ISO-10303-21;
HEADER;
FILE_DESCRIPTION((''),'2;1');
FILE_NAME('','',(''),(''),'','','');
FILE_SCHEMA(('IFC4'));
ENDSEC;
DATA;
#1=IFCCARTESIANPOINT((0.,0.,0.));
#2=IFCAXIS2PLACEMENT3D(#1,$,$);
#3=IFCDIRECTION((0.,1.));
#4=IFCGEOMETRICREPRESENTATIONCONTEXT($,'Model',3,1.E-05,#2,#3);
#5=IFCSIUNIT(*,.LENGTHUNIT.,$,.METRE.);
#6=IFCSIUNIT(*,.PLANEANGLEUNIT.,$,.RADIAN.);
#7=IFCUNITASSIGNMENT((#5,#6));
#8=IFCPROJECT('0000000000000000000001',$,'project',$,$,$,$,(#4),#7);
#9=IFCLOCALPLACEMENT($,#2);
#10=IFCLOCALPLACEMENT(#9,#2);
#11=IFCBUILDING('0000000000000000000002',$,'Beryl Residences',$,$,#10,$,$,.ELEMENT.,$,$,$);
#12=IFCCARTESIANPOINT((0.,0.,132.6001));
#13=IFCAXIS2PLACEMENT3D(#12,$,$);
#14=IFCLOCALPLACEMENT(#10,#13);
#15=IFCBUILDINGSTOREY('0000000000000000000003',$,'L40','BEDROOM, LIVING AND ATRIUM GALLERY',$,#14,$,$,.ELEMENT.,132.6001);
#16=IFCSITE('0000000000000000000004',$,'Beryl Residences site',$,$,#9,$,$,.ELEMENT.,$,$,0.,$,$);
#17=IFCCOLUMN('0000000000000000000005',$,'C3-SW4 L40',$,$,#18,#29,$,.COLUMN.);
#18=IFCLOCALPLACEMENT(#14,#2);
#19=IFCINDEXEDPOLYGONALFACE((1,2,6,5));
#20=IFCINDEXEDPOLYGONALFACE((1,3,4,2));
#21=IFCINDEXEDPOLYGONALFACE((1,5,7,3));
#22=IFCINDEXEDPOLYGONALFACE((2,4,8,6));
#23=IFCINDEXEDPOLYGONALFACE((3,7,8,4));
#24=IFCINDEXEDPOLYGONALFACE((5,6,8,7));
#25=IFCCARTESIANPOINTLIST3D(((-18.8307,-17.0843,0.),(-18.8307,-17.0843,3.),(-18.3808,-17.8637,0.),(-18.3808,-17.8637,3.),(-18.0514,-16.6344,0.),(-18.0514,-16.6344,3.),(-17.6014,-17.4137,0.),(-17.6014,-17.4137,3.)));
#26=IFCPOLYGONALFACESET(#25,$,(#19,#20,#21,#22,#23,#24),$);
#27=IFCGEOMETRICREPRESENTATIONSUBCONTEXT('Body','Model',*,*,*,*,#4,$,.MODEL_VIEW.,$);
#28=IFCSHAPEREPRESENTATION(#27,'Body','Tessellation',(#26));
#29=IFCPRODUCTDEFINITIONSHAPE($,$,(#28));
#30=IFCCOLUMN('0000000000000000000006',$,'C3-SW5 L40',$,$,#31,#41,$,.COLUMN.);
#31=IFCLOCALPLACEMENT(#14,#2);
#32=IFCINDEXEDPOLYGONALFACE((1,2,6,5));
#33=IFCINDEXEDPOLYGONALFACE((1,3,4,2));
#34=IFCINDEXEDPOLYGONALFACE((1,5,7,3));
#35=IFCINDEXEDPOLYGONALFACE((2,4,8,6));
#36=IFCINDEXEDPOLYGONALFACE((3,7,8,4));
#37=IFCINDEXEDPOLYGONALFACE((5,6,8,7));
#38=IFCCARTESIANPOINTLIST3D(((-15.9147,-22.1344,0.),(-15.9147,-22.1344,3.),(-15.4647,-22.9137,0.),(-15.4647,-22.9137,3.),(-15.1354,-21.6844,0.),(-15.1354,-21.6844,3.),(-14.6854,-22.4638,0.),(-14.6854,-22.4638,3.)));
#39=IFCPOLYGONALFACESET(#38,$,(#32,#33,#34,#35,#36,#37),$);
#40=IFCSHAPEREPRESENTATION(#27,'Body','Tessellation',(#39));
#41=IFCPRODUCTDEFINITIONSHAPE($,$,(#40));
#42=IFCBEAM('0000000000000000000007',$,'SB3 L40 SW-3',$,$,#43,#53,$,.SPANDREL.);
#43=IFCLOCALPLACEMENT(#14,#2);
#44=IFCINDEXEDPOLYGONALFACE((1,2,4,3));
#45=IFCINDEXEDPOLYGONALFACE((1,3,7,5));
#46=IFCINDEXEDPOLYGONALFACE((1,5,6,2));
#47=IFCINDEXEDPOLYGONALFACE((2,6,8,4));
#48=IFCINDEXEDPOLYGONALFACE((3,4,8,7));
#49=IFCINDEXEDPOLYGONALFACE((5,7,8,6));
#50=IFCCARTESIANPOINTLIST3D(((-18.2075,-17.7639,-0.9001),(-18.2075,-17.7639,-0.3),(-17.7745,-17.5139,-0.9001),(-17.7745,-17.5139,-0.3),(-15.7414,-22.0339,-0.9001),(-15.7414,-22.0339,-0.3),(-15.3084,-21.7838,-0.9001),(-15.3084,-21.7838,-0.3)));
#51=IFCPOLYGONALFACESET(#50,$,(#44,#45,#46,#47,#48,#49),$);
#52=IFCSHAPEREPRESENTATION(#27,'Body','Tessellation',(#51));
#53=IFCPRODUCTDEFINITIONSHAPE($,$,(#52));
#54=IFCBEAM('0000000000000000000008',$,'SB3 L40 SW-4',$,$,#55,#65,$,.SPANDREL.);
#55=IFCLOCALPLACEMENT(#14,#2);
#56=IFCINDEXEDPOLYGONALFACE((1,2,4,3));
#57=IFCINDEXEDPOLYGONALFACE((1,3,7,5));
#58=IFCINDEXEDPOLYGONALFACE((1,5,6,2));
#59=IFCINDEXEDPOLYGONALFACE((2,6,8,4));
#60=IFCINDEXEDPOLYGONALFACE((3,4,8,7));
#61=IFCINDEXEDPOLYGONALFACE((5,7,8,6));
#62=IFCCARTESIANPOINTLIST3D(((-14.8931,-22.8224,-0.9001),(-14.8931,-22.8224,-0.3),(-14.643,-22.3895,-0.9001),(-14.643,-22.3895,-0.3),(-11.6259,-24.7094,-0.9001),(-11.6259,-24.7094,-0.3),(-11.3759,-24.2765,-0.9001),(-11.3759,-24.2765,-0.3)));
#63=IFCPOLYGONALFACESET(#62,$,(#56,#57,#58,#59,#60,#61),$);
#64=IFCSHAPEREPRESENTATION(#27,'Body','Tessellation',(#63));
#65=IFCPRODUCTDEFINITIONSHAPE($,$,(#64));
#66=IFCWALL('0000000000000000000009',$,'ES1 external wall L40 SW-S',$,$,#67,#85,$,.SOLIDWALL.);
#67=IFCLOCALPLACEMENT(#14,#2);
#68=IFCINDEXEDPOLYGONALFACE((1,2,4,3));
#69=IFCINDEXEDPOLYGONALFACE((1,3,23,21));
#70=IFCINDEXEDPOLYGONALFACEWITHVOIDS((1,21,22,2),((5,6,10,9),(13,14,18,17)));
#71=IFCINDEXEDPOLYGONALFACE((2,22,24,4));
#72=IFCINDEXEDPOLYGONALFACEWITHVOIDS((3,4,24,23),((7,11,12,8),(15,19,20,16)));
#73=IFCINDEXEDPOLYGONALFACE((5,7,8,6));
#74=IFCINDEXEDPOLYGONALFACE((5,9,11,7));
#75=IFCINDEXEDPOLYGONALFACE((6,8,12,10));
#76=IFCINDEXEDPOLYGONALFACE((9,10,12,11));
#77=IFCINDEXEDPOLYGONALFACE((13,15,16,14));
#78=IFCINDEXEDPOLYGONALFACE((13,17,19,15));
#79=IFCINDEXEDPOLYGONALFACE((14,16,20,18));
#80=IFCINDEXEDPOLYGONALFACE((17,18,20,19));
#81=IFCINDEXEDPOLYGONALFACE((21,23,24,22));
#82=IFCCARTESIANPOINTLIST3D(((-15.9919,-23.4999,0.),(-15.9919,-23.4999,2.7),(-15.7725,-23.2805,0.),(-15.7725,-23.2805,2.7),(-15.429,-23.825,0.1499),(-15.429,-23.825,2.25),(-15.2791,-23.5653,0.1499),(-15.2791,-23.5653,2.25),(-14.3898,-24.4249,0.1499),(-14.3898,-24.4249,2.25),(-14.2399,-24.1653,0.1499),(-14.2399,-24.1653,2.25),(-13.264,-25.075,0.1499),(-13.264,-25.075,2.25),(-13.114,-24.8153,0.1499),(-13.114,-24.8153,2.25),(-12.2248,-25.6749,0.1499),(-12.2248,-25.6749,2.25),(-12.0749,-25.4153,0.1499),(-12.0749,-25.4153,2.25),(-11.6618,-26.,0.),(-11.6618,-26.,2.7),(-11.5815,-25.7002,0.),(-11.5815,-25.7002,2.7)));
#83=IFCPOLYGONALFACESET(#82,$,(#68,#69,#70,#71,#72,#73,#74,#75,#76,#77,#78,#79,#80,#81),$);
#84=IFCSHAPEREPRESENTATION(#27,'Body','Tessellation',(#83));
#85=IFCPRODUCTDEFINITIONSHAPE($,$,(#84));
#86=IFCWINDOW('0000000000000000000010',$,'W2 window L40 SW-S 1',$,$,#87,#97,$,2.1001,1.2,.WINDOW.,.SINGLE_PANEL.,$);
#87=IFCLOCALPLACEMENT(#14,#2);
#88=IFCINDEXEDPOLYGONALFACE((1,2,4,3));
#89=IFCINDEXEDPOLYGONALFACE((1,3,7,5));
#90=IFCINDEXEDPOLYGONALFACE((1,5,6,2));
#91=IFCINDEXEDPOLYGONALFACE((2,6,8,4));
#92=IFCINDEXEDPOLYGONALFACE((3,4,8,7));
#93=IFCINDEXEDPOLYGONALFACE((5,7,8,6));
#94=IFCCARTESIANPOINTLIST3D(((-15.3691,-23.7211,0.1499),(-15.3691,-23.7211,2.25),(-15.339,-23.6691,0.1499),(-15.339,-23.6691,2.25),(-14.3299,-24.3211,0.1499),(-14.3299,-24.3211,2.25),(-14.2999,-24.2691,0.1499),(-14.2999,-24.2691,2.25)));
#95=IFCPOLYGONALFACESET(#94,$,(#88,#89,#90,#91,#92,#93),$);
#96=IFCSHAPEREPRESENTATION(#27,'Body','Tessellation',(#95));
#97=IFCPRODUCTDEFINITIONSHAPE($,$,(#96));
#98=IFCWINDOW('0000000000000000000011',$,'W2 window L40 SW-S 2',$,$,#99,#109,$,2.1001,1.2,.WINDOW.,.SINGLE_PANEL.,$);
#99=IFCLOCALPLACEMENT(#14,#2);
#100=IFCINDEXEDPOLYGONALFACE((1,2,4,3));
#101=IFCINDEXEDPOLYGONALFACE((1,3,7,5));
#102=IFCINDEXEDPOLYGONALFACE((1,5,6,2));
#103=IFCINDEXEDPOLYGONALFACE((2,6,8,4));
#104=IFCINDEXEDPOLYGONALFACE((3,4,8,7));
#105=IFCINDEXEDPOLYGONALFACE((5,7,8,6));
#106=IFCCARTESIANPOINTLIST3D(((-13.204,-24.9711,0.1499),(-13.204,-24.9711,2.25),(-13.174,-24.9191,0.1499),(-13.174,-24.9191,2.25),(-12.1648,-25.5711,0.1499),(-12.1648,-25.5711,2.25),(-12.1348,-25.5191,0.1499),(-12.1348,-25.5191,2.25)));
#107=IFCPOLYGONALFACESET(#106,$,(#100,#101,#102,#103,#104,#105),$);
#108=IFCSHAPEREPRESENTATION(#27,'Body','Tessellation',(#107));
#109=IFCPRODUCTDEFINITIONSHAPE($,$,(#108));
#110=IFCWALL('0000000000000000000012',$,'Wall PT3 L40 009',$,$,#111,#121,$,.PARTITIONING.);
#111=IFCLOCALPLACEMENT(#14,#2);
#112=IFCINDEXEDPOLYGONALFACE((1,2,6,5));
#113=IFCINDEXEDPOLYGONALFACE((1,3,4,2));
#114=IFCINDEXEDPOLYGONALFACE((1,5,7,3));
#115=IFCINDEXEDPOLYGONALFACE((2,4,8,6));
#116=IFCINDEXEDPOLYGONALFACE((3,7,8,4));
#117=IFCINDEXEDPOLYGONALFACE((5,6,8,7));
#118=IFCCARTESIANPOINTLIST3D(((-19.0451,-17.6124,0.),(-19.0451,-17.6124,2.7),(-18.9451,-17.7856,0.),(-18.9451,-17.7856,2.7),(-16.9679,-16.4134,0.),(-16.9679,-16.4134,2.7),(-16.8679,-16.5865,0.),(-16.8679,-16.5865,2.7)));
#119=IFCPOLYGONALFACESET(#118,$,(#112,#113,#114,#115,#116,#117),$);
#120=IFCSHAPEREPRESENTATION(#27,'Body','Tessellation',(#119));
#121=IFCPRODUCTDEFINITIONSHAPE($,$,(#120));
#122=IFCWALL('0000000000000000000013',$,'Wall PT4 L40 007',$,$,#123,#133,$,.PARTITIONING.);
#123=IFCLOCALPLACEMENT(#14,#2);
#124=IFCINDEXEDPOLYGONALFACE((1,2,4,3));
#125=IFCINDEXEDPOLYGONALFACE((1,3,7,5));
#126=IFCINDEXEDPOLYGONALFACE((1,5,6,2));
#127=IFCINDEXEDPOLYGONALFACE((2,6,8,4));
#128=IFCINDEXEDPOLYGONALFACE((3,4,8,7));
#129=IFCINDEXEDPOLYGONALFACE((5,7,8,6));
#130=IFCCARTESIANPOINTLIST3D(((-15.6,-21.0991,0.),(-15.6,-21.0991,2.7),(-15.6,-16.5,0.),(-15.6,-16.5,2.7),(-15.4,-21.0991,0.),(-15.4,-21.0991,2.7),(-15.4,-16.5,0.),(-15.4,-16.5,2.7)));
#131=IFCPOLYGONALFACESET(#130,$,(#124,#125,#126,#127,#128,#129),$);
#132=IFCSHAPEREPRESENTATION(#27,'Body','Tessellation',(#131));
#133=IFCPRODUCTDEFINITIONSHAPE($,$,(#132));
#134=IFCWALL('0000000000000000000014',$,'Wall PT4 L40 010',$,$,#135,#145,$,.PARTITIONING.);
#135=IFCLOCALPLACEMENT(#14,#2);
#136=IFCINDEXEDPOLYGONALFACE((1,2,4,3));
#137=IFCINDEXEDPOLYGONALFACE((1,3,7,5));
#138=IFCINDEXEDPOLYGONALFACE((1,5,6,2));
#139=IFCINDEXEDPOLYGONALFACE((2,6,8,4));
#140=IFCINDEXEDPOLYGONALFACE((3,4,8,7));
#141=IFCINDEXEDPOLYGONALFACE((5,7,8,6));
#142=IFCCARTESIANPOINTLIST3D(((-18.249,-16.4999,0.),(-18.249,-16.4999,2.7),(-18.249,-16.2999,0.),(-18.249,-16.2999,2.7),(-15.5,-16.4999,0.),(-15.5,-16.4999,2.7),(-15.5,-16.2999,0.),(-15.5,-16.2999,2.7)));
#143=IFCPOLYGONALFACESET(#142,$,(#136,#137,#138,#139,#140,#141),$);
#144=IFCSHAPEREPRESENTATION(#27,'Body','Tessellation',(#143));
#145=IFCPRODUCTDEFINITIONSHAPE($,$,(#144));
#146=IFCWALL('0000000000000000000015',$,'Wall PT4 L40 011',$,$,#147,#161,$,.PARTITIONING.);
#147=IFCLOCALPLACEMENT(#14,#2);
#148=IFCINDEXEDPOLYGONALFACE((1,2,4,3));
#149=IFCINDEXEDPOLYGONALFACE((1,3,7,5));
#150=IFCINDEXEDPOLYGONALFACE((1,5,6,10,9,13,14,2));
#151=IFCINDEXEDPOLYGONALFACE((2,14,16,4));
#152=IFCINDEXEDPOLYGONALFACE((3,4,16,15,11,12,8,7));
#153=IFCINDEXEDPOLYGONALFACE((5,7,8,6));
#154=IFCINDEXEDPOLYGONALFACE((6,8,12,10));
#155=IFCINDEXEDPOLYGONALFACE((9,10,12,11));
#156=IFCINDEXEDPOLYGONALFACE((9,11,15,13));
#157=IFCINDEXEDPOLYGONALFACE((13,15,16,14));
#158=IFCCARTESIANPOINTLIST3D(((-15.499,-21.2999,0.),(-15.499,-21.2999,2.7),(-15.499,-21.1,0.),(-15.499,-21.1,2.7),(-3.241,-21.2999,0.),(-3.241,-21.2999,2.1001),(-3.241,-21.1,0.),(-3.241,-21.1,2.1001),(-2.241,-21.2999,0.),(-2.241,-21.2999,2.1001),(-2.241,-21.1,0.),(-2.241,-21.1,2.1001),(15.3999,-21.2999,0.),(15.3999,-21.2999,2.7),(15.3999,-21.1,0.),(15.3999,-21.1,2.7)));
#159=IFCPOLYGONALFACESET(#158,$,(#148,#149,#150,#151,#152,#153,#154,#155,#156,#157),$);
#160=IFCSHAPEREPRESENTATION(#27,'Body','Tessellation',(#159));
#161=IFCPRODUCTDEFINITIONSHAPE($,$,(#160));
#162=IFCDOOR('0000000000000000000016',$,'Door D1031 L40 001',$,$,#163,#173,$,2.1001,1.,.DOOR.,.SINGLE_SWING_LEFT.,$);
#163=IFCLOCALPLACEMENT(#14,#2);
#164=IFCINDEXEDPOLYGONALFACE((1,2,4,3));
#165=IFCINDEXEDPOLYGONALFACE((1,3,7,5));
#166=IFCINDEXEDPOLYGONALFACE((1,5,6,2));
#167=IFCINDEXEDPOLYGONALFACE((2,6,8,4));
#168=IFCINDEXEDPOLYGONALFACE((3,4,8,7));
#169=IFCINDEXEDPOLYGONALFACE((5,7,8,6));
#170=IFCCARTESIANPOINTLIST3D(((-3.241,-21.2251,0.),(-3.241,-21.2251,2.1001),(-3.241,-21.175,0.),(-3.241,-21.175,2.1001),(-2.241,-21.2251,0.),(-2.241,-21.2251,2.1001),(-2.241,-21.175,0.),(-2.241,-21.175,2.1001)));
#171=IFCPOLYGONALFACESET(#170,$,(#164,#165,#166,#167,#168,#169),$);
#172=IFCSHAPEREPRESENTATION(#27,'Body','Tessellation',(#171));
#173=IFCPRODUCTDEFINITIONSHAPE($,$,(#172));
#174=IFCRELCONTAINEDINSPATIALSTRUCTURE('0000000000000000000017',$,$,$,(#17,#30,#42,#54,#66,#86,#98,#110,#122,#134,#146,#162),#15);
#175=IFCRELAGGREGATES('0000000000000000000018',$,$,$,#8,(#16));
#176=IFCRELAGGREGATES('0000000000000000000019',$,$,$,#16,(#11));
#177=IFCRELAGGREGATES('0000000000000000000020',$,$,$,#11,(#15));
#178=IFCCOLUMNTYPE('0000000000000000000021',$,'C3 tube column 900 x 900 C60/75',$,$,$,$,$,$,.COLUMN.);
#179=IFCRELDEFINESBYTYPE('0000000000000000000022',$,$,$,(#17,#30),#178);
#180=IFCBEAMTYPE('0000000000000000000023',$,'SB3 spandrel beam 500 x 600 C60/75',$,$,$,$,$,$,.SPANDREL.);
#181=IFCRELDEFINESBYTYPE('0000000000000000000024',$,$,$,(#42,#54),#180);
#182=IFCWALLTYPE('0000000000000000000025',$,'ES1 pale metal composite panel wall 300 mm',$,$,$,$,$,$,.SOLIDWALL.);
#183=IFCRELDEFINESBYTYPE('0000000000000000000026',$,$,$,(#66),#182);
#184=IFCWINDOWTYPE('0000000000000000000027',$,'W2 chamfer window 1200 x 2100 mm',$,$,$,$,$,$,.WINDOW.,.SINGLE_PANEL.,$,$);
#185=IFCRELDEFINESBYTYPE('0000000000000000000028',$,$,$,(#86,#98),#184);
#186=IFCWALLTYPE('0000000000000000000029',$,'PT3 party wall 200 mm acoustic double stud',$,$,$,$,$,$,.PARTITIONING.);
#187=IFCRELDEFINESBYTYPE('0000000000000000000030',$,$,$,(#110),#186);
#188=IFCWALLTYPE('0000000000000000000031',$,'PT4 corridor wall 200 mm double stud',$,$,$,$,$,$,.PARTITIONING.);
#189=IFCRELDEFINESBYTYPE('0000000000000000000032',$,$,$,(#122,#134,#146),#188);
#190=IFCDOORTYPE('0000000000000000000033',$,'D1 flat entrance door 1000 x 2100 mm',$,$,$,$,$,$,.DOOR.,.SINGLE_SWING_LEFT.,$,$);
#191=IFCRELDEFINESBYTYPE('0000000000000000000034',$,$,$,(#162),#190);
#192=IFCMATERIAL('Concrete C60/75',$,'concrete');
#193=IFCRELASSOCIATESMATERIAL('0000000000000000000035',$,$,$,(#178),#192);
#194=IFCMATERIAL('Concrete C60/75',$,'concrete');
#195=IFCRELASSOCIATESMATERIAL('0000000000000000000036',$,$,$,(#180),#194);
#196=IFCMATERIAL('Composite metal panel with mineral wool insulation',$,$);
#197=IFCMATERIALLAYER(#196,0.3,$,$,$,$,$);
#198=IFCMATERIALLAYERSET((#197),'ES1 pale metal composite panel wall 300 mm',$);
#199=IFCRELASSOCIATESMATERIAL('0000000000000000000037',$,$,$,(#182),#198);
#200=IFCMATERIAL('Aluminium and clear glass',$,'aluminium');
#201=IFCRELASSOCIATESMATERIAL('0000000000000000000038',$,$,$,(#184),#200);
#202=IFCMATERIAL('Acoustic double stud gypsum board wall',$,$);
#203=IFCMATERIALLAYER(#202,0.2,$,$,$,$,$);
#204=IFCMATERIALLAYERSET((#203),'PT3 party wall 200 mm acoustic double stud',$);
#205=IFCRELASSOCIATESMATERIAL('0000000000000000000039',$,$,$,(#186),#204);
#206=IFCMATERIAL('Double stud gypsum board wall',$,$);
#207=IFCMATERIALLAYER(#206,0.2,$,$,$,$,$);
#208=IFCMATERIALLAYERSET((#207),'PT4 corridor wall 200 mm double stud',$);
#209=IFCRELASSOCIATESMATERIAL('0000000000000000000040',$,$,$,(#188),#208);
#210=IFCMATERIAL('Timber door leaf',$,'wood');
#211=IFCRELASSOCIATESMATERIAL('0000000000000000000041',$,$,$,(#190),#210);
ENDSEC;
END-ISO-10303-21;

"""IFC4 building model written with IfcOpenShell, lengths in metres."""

from ifc_helpers import new_model, si_unit, direction, frame, frame_2d, origin, origin_2d, place, context, subcontext, project, spatial, polyline, rectangle, outline, extrude, material, layer, layer_set, material_profile, profile_set, type_object, element, fill, save


model = new_model("IFC4")

# Units and contexts
model_context = context("Model", 3, precision=1e-05, world=origin(), true_north=direction((0.0, 1.0)))
body_context = subcontext(model_context, "Body", "Model", "MODEL_VIEW")
ifc_project = project(units=[si_unit("LENGTHUNIT", "METRE"), si_unit("PLANEANGLEUNIT", "RADIAN")], contexts=[model_context])

# Site, building, storey
site_placement = place(None, origin())
site = spatial("IfcSite", under=ifc_project, at=site_placement, Name="Beryl Residences site", CompositionType="ELEMENT", RefElevation=0.0)
building_placement = place(site_placement, origin())
building = spatial("IfcBuilding", under=site, at=building_placement, Name="Beryl Residences", CompositionType="ELEMENT")
storey_placement = place(building_placement, frame((0.0, 0.0, 132.6001)))
storey = spatial("IfcBuildingStorey", under=building, at=storey_placement, Name="L40", Description="BEDROOM, LIVING AND ATRIUM GALLERY", CompositionType="ELEMENT", Elevation=132.6001)

# Columns
ifc_material_1 = material(Name="Concrete C60/75", Category="concrete")
ifc_material_profile_1 = material_profile(ifc_material_1, rectangle(XDim=0.8999, YDim=0.8999, at=origin_2d()))
ifc_profile_set_1 = profile_set([ifc_material_profile_1], Name="Concrete C60/75")
column_type = type_object("IfcColumnType", Name="C3 tube column 900 x 900 C60/75", PredefinedType="COLUMN", material=ifc_profile_set_1)
for number, where, z_axis, x_axis, name in (
    (1, (-18.2161, -17.249, 0.0), (0.0, 0.0, 1.0), (0.5, -0.866025, 0.0), "C3-SW4 L40"),
    (2, (-15.3, -22.2991, 0.0), (0.0, 0.0, 1.0), (0.5, -0.866025, 0.0), "C3-SW5 L40"),
):
    element("IfcColumn", number, at=place(storey_placement, frame(where, z_axis=z_axis, x_axis=x_axis)), inside=storey, type_object=column_type, Name=name, PredefinedType="COLUMN", context=body_context, shape_type="SweptSolid", body=[
        extrude(rectangle(XDim=0.8999, YDim=0.8999, at=origin_2d()), origin(), (0.0, 0.0, 1.0), 3.0),
    ])

# Beams
ifc_material_2 = material(Name="Concrete C60/75", Category="concrete")
ifc_material_profile_2 = material_profile(ifc_material_2, rectangle(XDim=0.5, YDim=0.6001, at=origin_2d()))
ifc_profile_set_2 = profile_set([ifc_material_profile_2], Name="Concrete C60/75")
beam_type = type_object("IfcBeamType", Name="SB3 spandrel beam 500 x 600 C60/75", PredefinedType="SPANDREL", material=ifc_profile_set_2)
beam_1_placement = place(storey_placement, frame((-17.991, -17.6389, -0.6001), z_axis=(0.500117, -0.865958, 0.0), x_axis=(0.865958, 0.500117, 0.0)))
element("IfcBeam", 3, at=beam_1_placement, inside=storey, type_object=beam_type, Name="SB3 L40 SW-3", PredefinedType="SPANDREL", context=body_context, shape_type="SweptSolid", body=[
    extrude(rectangle(XDim=0.5, YDim=0.6001, at=origin_2d()), origin(), (0.0, 0.0, 1.0), 4.9309),
])
beam_2_placement = place(storey_placement, frame((-14.7681, -22.606, -0.6001), z_axis=(0.865944, -0.500141, 0.0), x_axis=(0.500141, 0.865944, 0.0)))
element("IfcBeam", 4, at=beam_2_placement, inside=storey, type_object=beam_type, Name="SB3 L40 SW-4", PredefinedType="SPANDREL", context=body_context, shape_type="SweptSolid", body=[
    extrude(rectangle(XDim=0.5, YDim=0.6001, at=origin_2d()), origin(), (0.0, 0.0, 1.0), 3.7729),
])

# Wall, openings, windows
ifc_material_3 = material(Name="Composite metal panel with mineral wool insulation")
ifc_layer_1 = layer(ifc_material_3, 0.3)
ifc_layer_set_1 = layer_set([ifc_layer_1], Name="ES1 pale metal composite panel wall 300 mm")
wall_type_1 = type_object("IfcWallType", Name="ES1 pale metal composite panel wall 300 mm", PredefinedType="SOLIDWALL", material=ifc_layer_set_1)
wall_1_placement = place(storey_placement, frame((-15.917, -23.3701, 0.0), z_axis=(0.0, 0.0, 1.0), x_axis=(0.866023, -0.500004, 0.0)))
wall_1 = element("IfcWall", 5, at=wall_1_placement, inside=storey, type_object=wall_type_1, Name="ES1 external wall L40 SW-S", PredefinedType="SOLIDWALL", context=body_context, shape_type="SweptSolid", body=[
    extrude(outline(polyline([(0.0, -0.1499), (5.0, -0.1499), (4.9197, 0.1499), (0.0803, 0.1499), (0.0, -0.1499)])), origin(), (0.0, 0.0, 1.0), 2.7),
])
opening_1_placement = place(wall_1_placement, frame((0.6499, 0.0, 0.1499)))
opening_1 = element("IfcOpeningElement", 6, at=opening_1_placement, cuts=wall_1, PredefinedType="OPENING", context=body_context, shape_type="SweptSolid", body=[
    extrude(rectangle(XDim=1.2, YDim=2.1001, at=frame_2d((0.6001, 1.05))), frame((0.0, 0.1599, 0.0), z_axis=(0.0, -1.0, 0.0), x_axis=(1.0, 0.0, 0.0)), (0.0, 0.0, 1.0), 0.3201),
])
opening_2_placement = place(wall_1_placement, frame((3.1499, 0.0, 0.1499)))
opening_2 = element("IfcOpeningElement", 7, at=opening_2_placement, cuts=wall_1, PredefinedType="OPENING", context=body_context, shape_type="SweptSolid", body=[
    extrude(rectangle(XDim=1.2, YDim=2.1001, at=frame_2d((0.6001, 1.05))), frame((0.0, 0.1599, 0.0), z_axis=(0.0, -1.0, 0.0), x_axis=(1.0, 0.0, 0.0)), (0.0, 0.0, 1.0), 0.3201),
])
ifc_material_4 = material(Name="Aluminium and clear glass", Category="aluminium")
window_type = type_object("IfcWindowType", Name="W2 chamfer window 1200 x 2100 mm", PartitioningType="SINGLE_PANEL", PredefinedType="WINDOW", material=ifc_material_4)
window_1_placement = place(opening_1_placement, origin())
window_1 = element("IfcWindow", 8, at=window_1_placement, inside=storey, type_object=window_type, Name="W2 window L40 SW-S 1", OverallHeight=2.1001, OverallWidth=1.2, PartitioningType="SINGLE_PANEL", PredefinedType="WINDOW", context=body_context, shape_type="SweptSolid", body=[
    extrude(rectangle(XDim=1.2, YDim=2.1001, at=frame_2d((0.6001, 1.05))), frame((0.0, 0.03, 0.0), z_axis=(0.0, -1.0, 0.0), x_axis=(1.0, 0.0, 0.0)), (0.0, 0.0, 1.0), 0.0601),
])
fill(opening_1, window_1)
window_2_placement = place(opening_2_placement, origin())
window_2 = element("IfcWindow", 9, at=window_2_placement, inside=storey, type_object=window_type, Name="W2 window L40 SW-S 2", OverallHeight=2.1001, OverallWidth=1.2, PartitioningType="SINGLE_PANEL", PredefinedType="WINDOW", context=body_context, shape_type="SweptSolid", body=[
    extrude(rectangle(XDim=1.2, YDim=2.1001, at=frame_2d((0.6001, 1.05))), frame((0.0, 0.03, 0.0), z_axis=(0.0, -1.0, 0.0), x_axis=(1.0, 0.0, 0.0)), (0.0, 0.0, 1.0), 0.0601),
])
fill(opening_2, window_2)

# Walls
ifc_material_5 = material(Name="Acoustic double stud gypsum board wall")
ifc_layer_2 = layer(ifc_material_5, 0.2)
ifc_layer_set_2 = layer_set([ifc_layer_2], Name="PT3 party wall 200 mm acoustic double stud")
wall_type_2 = type_object("IfcWallType", Name="PT3 party wall 200 mm acoustic double stud", PredefinedType="PARTITIONING", material=ifc_layer_set_2)
wall_2_placement = place(storey_placement, frame((-18.9951, -17.699, 0.0), z_axis=(0.0, 0.0, 1.0), x_axis=(0.866074, 0.499916, 0.0)))
element("IfcWall", 10, at=wall_2_placement, inside=storey, type_object=wall_type_2, Name="Wall PT3 L40 009", PredefinedType="PARTITIONING", context=body_context, shape_type="SweptSolid", body=[
    extrude(rectangle(XDim=2.3984, YDim=0.2, at=frame_2d((1.1992, 0.0))), origin(), (0.0, 0.0, 1.0), 2.7),
])
ifc_material_6 = material(Name="Double stud gypsum board wall")
ifc_layer_3 = layer(ifc_material_6, 0.2)
ifc_layer_set_3 = layer_set([ifc_layer_3], Name="PT4 corridor wall 200 mm double stud")
wall_type_3 = type_object("IfcWallType", Name="PT4 corridor wall 200 mm double stud", PredefinedType="PARTITIONING", material=ifc_layer_set_3)
wall_3_placement = place(storey_placement, frame((-15.5, -16.5, 0.0), z_axis=(0.0, 0.0, 1.0), x_axis=(0.0, -1.0, 0.0)))
element("IfcWall", 11, at=wall_3_placement, inside=storey, type_object=wall_type_3, Name="Wall PT4 L40 007", PredefinedType="PARTITIONING", context=body_context, shape_type="SweptSolid", body=[
    extrude(rectangle(XDim=4.5991, YDim=0.2, at=frame_2d((2.2996, 0.0))), origin(), (0.0, 0.0, 1.0), 2.7),
])
wall_4_placement = place(storey_placement, frame((-18.249, -16.3999, 0.0), z_axis=(0.0, 0.0, 1.0), x_axis=(1.0, 0.0, 0.0)))
element("IfcWall", 12, at=wall_4_placement, inside=storey, type_object=wall_type_3, Name="Wall PT4 L40 010", PredefinedType="PARTITIONING", context=body_context, shape_type="SweptSolid", body=[
    extrude(rectangle(XDim=2.749, YDim=0.2, at=frame_2d((1.3745, 0.0))), origin(), (0.0, 0.0, 1.0), 2.7),
])

# Wall, opening, door
wall_5_placement = place(storey_placement, frame((-15.499, -21.2, 0.0), z_axis=(0.0, 0.0, 1.0), x_axis=(1.0, 0.0, 0.0)))
wall_5 = element("IfcWall", 13, at=wall_5_placement, inside=storey, type_object=wall_type_3, Name="Wall PT4 L40 011", PredefinedType="PARTITIONING", context=body_context, shape_type="SweptSolid", body=[
    extrude(rectangle(XDim=30.8989, YDim=0.2, at=frame_2d((15.4495, 0.0))), origin(), (0.0, 0.0, 1.0), 2.7),
])
opening_3_placement = place(wall_5_placement, frame((12.2581, 0.0, 0.0)))
opening_3 = element("IfcOpeningElement", 14, at=opening_3_placement, cuts=wall_5, PredefinedType="OPENING", context=body_context, shape_type="SweptSolid", body=[
    extrude(rectangle(XDim=1.0, YDim=2.1001, at=frame_2d((0.5, 1.05))), frame((0.0, 0.1099, 0.0), z_axis=(0.0, -1.0, 0.0), x_axis=(1.0, 0.0, 0.0)), (0.0, 0.0, 1.0), 0.22),
])
ifc_material_7 = material(Name="Timber door leaf", Category="wood")
door_type = type_object("IfcDoorType", Name="D1 flat entrance door 1000 x 2100 mm", OperationType="SINGLE_SWING_LEFT", PredefinedType="DOOR", material=ifc_material_7)
door_placement = place(opening_3_placement, origin())
door = element("IfcDoor", 15, at=door_placement, inside=storey, type_object=door_type, Name="Door D1031 L40 001", OperationType="SINGLE_SWING_LEFT", OverallHeight=2.1001, OverallWidth=1.0, PredefinedType="DOOR", context=body_context, shape_type="SweptSolid", body=[
    extrude(rectangle(XDim=1.0, YDim=2.1001, at=frame_2d((0.5, 1.05))), frame((0.0, 0.0249, 0.0), z_axis=(0.0, -1.0, 0.0), x_axis=(1.0, 0.0, 0.0)), (0.0, 0.0, 1.0), 0.05),
])
fill(opening_3, door)

save(model, "model.ifc")
